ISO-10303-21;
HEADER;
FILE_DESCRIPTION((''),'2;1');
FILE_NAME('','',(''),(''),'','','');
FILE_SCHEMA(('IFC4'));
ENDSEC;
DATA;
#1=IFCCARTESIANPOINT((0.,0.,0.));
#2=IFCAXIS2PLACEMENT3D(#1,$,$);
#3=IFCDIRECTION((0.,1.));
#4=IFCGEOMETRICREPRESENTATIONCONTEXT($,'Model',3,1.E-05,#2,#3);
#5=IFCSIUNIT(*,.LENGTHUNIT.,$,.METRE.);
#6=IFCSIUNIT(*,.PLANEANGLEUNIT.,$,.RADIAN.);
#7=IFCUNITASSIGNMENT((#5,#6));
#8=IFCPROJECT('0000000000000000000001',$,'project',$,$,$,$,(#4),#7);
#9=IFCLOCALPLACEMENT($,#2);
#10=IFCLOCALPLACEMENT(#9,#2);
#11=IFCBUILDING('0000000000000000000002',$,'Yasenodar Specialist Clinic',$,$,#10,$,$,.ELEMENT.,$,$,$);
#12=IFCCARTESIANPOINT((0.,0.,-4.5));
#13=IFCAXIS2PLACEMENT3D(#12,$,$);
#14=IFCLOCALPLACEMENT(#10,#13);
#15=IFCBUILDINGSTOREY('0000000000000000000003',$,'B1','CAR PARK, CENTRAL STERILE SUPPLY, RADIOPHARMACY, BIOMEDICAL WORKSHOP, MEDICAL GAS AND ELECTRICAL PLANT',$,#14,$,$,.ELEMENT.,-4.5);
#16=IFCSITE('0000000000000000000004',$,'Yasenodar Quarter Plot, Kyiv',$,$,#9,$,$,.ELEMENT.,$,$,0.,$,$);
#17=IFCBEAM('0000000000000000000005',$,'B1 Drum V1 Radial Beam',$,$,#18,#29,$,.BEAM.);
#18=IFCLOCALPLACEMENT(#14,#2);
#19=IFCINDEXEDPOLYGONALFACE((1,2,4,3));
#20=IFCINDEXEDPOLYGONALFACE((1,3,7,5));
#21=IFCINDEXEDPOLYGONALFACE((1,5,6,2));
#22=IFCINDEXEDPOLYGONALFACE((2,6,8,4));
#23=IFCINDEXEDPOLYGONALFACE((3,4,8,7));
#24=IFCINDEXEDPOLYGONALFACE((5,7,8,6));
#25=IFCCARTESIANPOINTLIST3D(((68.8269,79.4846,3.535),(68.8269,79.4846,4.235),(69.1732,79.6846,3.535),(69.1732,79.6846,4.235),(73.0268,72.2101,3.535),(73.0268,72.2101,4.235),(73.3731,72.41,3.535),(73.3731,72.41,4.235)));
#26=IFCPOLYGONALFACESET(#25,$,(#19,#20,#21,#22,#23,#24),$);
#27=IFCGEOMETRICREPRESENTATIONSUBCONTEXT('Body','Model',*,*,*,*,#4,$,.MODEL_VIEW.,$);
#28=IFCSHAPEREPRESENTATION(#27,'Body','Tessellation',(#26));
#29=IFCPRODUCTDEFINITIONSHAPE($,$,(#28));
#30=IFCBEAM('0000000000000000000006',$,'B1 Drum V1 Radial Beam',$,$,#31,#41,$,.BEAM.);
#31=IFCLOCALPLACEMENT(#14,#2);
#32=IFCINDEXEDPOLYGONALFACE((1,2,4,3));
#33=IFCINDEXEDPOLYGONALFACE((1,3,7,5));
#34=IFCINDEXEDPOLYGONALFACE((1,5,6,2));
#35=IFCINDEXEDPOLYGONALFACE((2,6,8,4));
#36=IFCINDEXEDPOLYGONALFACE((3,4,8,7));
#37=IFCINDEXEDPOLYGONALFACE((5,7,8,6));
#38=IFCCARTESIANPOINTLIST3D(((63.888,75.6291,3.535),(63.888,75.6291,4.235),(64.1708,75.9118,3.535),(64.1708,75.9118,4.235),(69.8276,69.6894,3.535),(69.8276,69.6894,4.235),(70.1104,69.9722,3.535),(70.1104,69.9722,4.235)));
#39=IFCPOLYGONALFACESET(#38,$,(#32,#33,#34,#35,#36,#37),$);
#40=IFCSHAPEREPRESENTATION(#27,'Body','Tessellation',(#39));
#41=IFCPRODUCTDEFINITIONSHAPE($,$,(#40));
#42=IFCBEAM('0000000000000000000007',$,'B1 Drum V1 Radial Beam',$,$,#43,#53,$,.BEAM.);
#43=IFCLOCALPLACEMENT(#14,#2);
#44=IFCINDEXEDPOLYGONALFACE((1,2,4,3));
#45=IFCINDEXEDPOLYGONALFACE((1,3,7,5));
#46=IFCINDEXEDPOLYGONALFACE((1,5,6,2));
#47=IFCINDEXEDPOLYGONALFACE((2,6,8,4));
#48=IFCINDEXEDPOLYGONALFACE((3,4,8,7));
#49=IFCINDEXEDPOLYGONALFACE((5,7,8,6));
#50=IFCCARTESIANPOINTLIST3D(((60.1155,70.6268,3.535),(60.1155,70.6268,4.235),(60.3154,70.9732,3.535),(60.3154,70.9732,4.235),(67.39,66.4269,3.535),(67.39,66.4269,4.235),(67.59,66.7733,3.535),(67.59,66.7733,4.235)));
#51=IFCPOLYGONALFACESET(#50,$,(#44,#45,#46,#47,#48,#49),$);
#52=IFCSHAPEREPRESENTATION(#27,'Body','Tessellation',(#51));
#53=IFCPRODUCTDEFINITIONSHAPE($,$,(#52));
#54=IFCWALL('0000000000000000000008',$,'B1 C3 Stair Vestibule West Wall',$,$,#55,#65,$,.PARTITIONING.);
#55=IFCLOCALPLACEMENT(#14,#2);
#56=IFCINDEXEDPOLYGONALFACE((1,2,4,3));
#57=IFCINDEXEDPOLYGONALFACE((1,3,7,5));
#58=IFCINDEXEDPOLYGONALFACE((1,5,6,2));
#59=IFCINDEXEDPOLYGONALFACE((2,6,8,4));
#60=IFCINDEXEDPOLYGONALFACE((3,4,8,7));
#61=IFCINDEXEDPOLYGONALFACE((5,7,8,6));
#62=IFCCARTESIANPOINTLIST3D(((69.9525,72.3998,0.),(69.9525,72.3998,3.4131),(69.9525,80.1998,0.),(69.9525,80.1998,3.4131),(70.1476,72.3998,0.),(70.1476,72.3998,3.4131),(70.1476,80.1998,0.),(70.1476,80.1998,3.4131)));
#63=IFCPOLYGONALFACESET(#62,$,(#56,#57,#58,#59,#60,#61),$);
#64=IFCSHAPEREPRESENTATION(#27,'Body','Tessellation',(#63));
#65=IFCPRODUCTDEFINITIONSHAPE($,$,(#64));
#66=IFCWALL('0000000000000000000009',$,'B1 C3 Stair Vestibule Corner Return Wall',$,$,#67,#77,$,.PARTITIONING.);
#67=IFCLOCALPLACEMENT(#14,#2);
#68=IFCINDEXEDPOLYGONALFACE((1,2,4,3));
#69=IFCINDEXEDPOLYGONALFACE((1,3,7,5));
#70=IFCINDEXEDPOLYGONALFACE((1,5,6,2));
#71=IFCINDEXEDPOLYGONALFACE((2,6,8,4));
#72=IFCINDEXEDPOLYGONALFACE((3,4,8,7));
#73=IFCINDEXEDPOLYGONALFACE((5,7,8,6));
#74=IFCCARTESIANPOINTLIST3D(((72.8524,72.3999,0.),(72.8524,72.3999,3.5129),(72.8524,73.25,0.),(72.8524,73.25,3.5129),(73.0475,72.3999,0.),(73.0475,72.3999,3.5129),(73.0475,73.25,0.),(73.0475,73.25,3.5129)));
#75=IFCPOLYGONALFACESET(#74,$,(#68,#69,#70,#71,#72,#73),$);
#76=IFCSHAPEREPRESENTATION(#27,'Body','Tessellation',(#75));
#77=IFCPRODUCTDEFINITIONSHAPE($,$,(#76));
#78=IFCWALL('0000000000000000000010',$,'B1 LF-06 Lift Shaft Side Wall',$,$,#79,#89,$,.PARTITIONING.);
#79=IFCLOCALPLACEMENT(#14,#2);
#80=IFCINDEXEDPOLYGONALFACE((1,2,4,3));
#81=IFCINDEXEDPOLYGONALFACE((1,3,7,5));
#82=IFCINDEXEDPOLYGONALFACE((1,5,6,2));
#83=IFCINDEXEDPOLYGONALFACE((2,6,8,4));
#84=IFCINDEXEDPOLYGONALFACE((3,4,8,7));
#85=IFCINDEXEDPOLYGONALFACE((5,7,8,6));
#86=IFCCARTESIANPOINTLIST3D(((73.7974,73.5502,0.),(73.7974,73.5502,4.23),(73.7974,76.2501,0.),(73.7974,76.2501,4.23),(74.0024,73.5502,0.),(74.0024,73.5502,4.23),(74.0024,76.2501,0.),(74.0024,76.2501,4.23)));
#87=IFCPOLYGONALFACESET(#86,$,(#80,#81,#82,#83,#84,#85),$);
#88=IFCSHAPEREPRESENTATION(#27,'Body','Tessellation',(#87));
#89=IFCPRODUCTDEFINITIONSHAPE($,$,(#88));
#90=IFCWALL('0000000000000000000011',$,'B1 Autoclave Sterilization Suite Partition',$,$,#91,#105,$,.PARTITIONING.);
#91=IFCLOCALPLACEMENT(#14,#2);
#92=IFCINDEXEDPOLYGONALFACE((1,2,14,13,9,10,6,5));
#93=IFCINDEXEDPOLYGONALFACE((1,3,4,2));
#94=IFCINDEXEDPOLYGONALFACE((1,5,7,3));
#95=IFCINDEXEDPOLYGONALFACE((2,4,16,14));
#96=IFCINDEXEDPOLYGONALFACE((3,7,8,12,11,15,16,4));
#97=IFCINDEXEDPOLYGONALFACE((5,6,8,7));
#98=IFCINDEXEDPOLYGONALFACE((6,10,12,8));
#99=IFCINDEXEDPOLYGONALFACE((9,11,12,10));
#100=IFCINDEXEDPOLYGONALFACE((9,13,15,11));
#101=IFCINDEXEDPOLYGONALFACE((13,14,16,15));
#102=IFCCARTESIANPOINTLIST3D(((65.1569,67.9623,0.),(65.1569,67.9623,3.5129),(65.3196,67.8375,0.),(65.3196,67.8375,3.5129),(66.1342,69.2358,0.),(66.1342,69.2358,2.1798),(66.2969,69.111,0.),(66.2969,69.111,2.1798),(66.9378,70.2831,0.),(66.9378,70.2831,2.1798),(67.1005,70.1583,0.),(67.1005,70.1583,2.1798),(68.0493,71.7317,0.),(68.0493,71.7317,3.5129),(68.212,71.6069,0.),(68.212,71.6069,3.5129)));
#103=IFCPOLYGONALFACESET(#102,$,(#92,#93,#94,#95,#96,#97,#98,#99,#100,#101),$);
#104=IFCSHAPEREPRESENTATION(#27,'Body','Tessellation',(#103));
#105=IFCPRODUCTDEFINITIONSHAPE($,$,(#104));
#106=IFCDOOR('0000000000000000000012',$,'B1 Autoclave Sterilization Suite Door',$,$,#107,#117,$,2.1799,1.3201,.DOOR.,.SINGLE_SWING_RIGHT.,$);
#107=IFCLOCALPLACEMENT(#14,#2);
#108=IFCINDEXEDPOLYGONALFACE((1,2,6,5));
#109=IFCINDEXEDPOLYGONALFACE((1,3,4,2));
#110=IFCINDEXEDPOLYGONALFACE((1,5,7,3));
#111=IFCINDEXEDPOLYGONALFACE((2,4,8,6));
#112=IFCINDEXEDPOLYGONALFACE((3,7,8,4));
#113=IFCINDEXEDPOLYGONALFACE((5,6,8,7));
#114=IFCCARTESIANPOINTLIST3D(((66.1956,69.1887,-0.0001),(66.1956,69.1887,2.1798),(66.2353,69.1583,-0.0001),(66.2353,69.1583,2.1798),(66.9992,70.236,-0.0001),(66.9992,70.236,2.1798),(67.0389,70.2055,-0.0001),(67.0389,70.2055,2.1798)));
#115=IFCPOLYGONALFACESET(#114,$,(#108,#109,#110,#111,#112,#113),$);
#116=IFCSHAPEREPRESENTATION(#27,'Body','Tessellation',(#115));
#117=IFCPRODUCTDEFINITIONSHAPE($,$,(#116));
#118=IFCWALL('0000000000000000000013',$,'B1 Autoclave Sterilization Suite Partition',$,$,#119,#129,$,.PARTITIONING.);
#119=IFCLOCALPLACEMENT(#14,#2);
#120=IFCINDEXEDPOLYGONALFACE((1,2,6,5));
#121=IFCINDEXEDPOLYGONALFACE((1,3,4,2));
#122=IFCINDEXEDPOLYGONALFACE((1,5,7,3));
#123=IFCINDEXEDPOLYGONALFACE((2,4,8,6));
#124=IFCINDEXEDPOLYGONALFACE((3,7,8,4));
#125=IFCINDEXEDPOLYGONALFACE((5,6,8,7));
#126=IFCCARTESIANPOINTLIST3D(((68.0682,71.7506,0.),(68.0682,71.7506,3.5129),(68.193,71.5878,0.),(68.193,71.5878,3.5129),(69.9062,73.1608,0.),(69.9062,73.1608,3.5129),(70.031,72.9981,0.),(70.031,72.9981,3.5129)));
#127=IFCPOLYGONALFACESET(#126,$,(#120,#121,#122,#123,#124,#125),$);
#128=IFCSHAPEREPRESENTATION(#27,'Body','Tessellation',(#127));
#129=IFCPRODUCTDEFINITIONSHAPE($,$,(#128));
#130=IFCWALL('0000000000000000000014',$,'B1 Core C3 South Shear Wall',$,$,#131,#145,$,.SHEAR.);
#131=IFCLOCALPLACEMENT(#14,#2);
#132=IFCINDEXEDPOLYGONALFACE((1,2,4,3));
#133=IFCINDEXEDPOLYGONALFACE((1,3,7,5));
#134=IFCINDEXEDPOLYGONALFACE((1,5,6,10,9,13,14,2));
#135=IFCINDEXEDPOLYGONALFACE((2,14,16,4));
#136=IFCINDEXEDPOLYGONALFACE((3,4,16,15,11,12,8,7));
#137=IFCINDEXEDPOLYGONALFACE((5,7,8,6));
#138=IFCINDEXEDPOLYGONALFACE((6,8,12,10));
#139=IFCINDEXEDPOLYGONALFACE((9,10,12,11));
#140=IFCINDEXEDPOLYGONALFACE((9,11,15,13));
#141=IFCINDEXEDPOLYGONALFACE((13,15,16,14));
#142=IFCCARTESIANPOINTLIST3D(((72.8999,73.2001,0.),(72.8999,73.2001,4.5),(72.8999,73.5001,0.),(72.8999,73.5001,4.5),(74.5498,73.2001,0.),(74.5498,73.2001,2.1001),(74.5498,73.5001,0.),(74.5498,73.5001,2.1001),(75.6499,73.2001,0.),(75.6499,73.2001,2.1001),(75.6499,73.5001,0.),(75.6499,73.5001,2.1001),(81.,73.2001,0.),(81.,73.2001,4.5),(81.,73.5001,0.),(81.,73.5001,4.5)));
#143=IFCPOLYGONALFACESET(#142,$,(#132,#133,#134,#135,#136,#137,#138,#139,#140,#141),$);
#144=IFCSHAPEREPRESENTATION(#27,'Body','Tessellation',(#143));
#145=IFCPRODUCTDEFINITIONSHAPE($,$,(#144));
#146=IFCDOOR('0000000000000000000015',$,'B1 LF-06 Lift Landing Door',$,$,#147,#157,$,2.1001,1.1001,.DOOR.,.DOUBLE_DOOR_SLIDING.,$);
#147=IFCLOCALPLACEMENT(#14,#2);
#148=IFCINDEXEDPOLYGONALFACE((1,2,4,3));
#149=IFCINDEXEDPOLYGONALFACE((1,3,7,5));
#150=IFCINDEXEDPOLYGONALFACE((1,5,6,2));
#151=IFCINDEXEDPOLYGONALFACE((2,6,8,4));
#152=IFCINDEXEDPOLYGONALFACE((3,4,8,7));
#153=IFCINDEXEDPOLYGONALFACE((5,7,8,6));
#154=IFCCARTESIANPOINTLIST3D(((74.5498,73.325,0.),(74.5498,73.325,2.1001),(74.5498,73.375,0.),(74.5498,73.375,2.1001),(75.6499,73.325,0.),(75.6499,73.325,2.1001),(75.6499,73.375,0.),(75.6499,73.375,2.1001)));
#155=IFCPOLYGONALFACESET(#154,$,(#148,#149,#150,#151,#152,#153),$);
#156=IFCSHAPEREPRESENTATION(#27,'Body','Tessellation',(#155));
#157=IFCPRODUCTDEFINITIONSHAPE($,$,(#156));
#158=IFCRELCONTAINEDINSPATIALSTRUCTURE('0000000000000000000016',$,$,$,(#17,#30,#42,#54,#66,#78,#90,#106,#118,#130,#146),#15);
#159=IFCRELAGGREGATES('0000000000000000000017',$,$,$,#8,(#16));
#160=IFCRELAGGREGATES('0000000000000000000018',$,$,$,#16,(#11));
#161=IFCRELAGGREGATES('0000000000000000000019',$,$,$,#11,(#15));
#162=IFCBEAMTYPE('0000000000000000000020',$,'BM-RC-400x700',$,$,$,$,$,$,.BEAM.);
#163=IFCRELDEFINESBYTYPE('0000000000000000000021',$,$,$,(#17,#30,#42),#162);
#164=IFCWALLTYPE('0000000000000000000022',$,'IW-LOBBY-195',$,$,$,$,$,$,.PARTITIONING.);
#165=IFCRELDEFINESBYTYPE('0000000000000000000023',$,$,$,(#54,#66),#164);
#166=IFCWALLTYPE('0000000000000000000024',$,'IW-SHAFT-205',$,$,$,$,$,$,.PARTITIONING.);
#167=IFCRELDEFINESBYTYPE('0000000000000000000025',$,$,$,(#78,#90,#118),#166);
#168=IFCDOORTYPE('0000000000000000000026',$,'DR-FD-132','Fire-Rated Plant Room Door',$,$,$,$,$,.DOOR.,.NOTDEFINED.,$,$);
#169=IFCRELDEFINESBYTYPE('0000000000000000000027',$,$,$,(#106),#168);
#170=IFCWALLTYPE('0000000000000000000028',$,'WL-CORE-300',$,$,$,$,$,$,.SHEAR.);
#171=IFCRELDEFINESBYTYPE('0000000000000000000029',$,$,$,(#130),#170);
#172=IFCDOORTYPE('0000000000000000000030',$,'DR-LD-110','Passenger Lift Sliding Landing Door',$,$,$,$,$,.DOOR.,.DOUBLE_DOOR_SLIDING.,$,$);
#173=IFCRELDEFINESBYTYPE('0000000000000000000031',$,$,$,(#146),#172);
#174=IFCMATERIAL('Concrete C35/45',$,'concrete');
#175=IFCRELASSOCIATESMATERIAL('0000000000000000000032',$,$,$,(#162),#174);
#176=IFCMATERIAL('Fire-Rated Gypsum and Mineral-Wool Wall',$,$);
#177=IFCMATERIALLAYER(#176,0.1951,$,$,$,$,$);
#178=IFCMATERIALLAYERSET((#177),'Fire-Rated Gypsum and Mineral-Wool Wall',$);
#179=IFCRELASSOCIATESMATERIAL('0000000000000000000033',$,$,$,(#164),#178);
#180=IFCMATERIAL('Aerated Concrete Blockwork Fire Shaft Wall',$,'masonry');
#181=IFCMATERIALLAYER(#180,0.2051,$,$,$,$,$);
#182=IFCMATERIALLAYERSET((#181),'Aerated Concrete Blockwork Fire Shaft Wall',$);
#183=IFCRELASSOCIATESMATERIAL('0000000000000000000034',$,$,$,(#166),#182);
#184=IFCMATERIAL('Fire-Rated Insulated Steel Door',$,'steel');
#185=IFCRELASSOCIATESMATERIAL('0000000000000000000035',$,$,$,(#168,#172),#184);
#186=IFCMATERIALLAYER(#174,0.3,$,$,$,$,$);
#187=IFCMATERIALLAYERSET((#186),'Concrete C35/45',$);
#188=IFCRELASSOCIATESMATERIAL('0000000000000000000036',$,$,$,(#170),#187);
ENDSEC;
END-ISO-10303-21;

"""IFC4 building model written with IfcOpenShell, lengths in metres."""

from ifc_helpers import new_model, si_unit, direction, frame, frame_2d, origin, origin_2d, place, context, subcontext, project, spatial, rectangle, extrude, material, layer, layer_set, material_profile, profile_set, type_object, element, fill, save


model = new_model("IFC4")

# Units and contexts
model_context = context("Model", 3, precision=1e-05, world=origin(), true_north=direction((0.0, 1.0)))
body_context = subcontext(model_context, "Body", "Model", "MODEL_VIEW")
ifc_project = project(units=[si_unit("LENGTHUNIT", "METRE"), si_unit("PLANEANGLEUNIT", "RADIAN")], contexts=[model_context])

# Site, building, storey
site_placement = place(None, origin())
site = spatial("IfcSite", under=ifc_project, at=site_placement, Name="Yasenodar Quarter Plot, Kyiv", CompositionType="ELEMENT", RefElevation=0.0)
building_placement = place(site_placement, origin())
building = spatial("IfcBuilding", under=site, at=building_placement, Name="Yasenodar Specialist Clinic", CompositionType="ELEMENT")
storey_placement = place(building_placement, frame((0.0, 0.0, -4.5)))
storey = spatial("IfcBuildingStorey", under=building, at=storey_placement, Name="B1", Description="CAR PARK, CENTRAL STERILE SUPPLY, RADIOPHARMACY, BIOMEDICAL WORKSHOP, MEDICAL GAS AND ELECTRICAL PLANT", CompositionType="ELEMENT", Elevation=-4.5)

# Shared definitions
ifc_material_1 = material(Name="Concrete C35/45", Category="concrete")

# Beams
ifc_material_profile_1 = material_profile(ifc_material_1, rectangle(XDim=0.3999, YDim=0.7, at=origin_2d()), Name="RC 400x700")
ifc_profile_set_1 = profile_set([ifc_material_profile_1], Name="Concrete C35/45")
beam_type = type_object("IfcBeamType", Name="BM-RC-400x700", PredefinedType="BEAM", material=ifc_profile_set_1)
for number, where, z_axis, x_axis, name in (
    (1, (73.2, 72.3101, 3.885), (-0.499993, 0.866029, 0.0), (-0.866029, -0.499993, 0.0), "B1 Drum V1 Radial Beam"),
    (2, (69.969, 69.8308, 3.885), (-0.707107, 0.707107, 0.0), (-0.707107, -0.707107, 0.0), "B1 Drum V1 Radial Beam"),
    (3, (67.49, 66.6001, 3.885), (-0.866029, 0.499993, 0.0), (-0.499993, -0.866029, 0.0), "B1 Drum V1 Radial Beam"),
):
    element("IfcBeam", number, at=place(storey_placement, frame(where, z_axis=z_axis, x_axis=x_axis)), inside=storey, type_object=beam_type, Name=name, PredefinedType="BEAM", context=body_context, shape_type="SweptSolid", body=[
        extrude(rectangle(XDim=0.3999, YDim=0.7, at=origin_2d()), origin(), (0.0, 0.0, 1.0), 8.3999),
    ])

# Wall
ifc_material_2 = material(Name="Fire-Rated Gypsum and Mineral-Wool Wall")
ifc_layer_1 = layer(ifc_material_2, 0.1951)
ifc_layer_set_1 = layer_set([ifc_layer_1], Name="Fire-Rated Gypsum and Mineral-Wool Wall")
wall_type_1 = type_object("IfcWallType", Name="IW-LOBBY-195", PredefinedType="PARTITIONING", material=ifc_layer_set_1)
wall_1_placement = place(storey_placement, frame((70.05, 72.3999, 0.0), z_axis=(0.0, 0.0, 1.0), x_axis=(0.0, 1.0, 0.0)))
element("IfcWall", 4, at=wall_1_placement, inside=storey, type_object=wall_type_1, Name="B1 C3 Stair Vestibule West Wall", PredefinedType="PARTITIONING", context=body_context, shape_type="SweptSolid", body=[
    extrude(rectangle(XDim=7.8, YDim=0.1951, at=frame_2d((3.8999, 0.0))), origin(), (0.0, 0.0, 1.0), 3.4131),
])

# Shared definitions
ifc_material_3 = material(Name="Fire-Rated Insulated Steel Door", Category="steel")

# Walls
wall_2_placement = place(storey_placement, frame((72.95, 72.3999, 0.0), z_axis=(0.0, 0.0, 1.0), x_axis=(0.0, 1.0, 0.0)))
element("IfcWall", 5, at=wall_2_placement, inside=storey, type_object=wall_type_1, Name="B1 C3 Stair Vestibule Corner Return Wall", PredefinedType="PARTITIONING", context=body_context, shape_type="SweptSolid", body=[
    extrude(rectangle(XDim=0.8501, YDim=0.1951, at=frame_2d((0.425, 0.0))), origin(), (0.0, 0.0, 1.0), 3.5129),
])
ifc_material_4 = material(Name="Aerated Concrete Blockwork Fire Shaft Wall", Category="masonry")
ifc_layer_2 = layer(ifc_material_4, 0.2051)
ifc_layer_set_2 = layer_set([ifc_layer_2], Name="Aerated Concrete Blockwork Fire Shaft Wall")
wall_type_2 = type_object("IfcWallType", Name="IW-SHAFT-205", PredefinedType="PARTITIONING", material=ifc_layer_set_2)
wall_3_placement = place(storey_placement, frame((73.8999, 73.55, 0.0), z_axis=(0.0, 0.0, 1.0), x_axis=(0.0, 1.0, 0.0)))
element("IfcWall", 6, at=wall_3_placement, inside=storey, type_object=wall_type_2, Name="B1 LF-06 Lift Shaft Side Wall", PredefinedType="PARTITIONING", context=body_context, shape_type="SweptSolid", body=[
    extrude(rectangle(XDim=2.7, YDim=0.2051, at=frame_2d((1.3501, 0.0))), origin(), (0.0, 0.0, 1.0), 4.23),
])

# Wall, opening, door
wall_4_placement = place(storey_placement, frame((68.1306, 71.6692, 0.0), z_axis=(0.0, 0.0, 1.0), x_axis=(-0.608769, -0.793347, 0.0)))
wall_4 = element("IfcWall", 7, at=wall_4_placement, inside=storey, type_object=wall_type_2, Name="B1 Autoclave Sterilization Suite Partition", PredefinedType="PARTITIONING", context=body_context, shape_type="SweptSolid", body=[
    extrude(rectangle(XDim=4.7512, YDim=0.2051, at=frame_2d((2.3755, 0.0))), origin(), (0.0, 0.0, 1.0), 3.5129),
])
opening_1_placement = place(wall_4_placement, frame((1.8257, 0.0, 0.0)))
opening_1 = element("IfcOpeningElement", 8, at=opening_1_placement, cuts=wall_4, PredefinedType="OPENING", context=body_context, shape_type="SweptSolid", body=[
    extrude(rectangle(XDim=1.3201, YDim=2.1799, at=frame_2d((0.6602, 1.0898))), frame((0.0, 0.1125, 0.0), z_axis=(0.0, -1.0, 0.0), x_axis=(1.0, 0.0, 0.0)), (0.0, 0.0, 1.0), 0.2251),
])
door_type_1 = type_object("IfcDoorType", Name="DR-FD-132", Description="Fire-Rated Plant Room Door", OperationType="NOTDEFINED", PredefinedType="DOOR", material=ifc_material_3)
door_1_placement = place(opening_1_placement, origin())
door_1 = element("IfcDoor", 9, at=door_1_placement, inside=storey, type_object=door_type_1, Name="B1 Autoclave Sterilization Suite Door", OperationType="SINGLE_SWING_RIGHT", OverallHeight=2.1799, OverallWidth=1.3201, PredefinedType="DOOR", context=body_context, shape_type="SweptSolid", body=[
    extrude(rectangle(XDim=1.3201, YDim=2.1799, at=frame_2d((0.6602, 1.0898))), frame((0.0, 0.0249, 0.0), z_axis=(0.0, -1.0, 0.0), x_axis=(1.0, 0.0, 0.0)), (0.0, 0.0, 1.0), 0.05),
])
fill(opening_1, door_1)

# Wall
wall_5_placement = place(storey_placement, frame((69.9685, 73.0793, 0.0), z_axis=(0.0, 0.0, 1.0), x_axis=(-0.793376, -0.608732, 0.0)))
element("IfcWall", 10, at=wall_5_placement, inside=storey, type_object=wall_type_2, Name="B1 Autoclave Sterilization Suite Partition", PredefinedType="PARTITIONING", context=body_context, shape_type="SweptSolid", body=[
    extrude(rectangle(XDim=2.3167, YDim=0.2051, at=frame_2d((1.1582, 0.0))), origin(), (0.0, 0.0, 1.0), 3.5129),
])

# Wall, opening, door
ifc_layer_3 = layer(ifc_material_1, 0.3)
ifc_layer_set_3 = layer_set([ifc_layer_3], Name="Concrete C35/45")
wall_type_3 = type_object("IfcWallType", Name="WL-CORE-300", PredefinedType="SHEAR", material=ifc_layer_set_3)
wall_6_placement = place(storey_placement, frame((72.8999, 73.3501, 0.0), z_axis=(0.0, 0.0, 1.0), x_axis=(1.0, 0.0, 0.0)))
wall_6 = element("IfcWall", 11, at=wall_6_placement, inside=storey, type_object=wall_type_3, Name="B1 Core C3 South Shear Wall", PredefinedType="SHEAR", context=body_context, shape_type="SweptSolid", body=[
    extrude(rectangle(XDim=8.1001, YDim=0.3, at=frame_2d((4.05, 0.0))), origin(), (0.0, 0.0, 1.0), 4.5),
])
opening_2_placement = place(wall_6_placement, frame((1.6499, 0.0, 0.0)))
opening_2 = element("IfcOpeningElement", 12, at=opening_2_placement, cuts=wall_6, PredefinedType="OPENING", context=body_context, shape_type="SweptSolid", body=[
    extrude(rectangle(XDim=1.1001, YDim=2.1001, at=frame_2d((0.55, 1.05))), frame((0.0, 0.1602, 0.0), z_axis=(0.0, -1.0, 0.0), x_axis=(1.0, 0.0, 0.0)), (0.0, 0.0, 1.0), 0.3201),
])
door_type_2 = type_object("IfcDoorType", Name="DR-LD-110", Description="Passenger Lift Sliding Landing Door", OperationType="DOUBLE_DOOR_SLIDING", PredefinedType="DOOR", material=ifc_material_3)
door_2_placement = place(opening_2_placement, origin())
door_2 = element("IfcDoor", 13, at=door_2_placement, inside=storey, type_object=door_type_2, Name="B1 LF-06 Lift Landing Door", OperationType="DOUBLE_DOOR_SLIDING", OverallHeight=2.1001, OverallWidth=1.1001, PredefinedType="DOOR", context=body_context, shape_type="SweptSolid", body=[
    extrude(rectangle(XDim=1.1001, YDim=2.1001, at=frame_2d((0.55, 1.05))), frame((0.0, 0.0249, 0.0), z_axis=(0.0, -1.0, 0.0), x_axis=(1.0, 0.0, 0.0)), (0.0, 0.0, 1.0), 0.05),
])
fill(opening_2, door_2)

save(model, "model.ifc")
